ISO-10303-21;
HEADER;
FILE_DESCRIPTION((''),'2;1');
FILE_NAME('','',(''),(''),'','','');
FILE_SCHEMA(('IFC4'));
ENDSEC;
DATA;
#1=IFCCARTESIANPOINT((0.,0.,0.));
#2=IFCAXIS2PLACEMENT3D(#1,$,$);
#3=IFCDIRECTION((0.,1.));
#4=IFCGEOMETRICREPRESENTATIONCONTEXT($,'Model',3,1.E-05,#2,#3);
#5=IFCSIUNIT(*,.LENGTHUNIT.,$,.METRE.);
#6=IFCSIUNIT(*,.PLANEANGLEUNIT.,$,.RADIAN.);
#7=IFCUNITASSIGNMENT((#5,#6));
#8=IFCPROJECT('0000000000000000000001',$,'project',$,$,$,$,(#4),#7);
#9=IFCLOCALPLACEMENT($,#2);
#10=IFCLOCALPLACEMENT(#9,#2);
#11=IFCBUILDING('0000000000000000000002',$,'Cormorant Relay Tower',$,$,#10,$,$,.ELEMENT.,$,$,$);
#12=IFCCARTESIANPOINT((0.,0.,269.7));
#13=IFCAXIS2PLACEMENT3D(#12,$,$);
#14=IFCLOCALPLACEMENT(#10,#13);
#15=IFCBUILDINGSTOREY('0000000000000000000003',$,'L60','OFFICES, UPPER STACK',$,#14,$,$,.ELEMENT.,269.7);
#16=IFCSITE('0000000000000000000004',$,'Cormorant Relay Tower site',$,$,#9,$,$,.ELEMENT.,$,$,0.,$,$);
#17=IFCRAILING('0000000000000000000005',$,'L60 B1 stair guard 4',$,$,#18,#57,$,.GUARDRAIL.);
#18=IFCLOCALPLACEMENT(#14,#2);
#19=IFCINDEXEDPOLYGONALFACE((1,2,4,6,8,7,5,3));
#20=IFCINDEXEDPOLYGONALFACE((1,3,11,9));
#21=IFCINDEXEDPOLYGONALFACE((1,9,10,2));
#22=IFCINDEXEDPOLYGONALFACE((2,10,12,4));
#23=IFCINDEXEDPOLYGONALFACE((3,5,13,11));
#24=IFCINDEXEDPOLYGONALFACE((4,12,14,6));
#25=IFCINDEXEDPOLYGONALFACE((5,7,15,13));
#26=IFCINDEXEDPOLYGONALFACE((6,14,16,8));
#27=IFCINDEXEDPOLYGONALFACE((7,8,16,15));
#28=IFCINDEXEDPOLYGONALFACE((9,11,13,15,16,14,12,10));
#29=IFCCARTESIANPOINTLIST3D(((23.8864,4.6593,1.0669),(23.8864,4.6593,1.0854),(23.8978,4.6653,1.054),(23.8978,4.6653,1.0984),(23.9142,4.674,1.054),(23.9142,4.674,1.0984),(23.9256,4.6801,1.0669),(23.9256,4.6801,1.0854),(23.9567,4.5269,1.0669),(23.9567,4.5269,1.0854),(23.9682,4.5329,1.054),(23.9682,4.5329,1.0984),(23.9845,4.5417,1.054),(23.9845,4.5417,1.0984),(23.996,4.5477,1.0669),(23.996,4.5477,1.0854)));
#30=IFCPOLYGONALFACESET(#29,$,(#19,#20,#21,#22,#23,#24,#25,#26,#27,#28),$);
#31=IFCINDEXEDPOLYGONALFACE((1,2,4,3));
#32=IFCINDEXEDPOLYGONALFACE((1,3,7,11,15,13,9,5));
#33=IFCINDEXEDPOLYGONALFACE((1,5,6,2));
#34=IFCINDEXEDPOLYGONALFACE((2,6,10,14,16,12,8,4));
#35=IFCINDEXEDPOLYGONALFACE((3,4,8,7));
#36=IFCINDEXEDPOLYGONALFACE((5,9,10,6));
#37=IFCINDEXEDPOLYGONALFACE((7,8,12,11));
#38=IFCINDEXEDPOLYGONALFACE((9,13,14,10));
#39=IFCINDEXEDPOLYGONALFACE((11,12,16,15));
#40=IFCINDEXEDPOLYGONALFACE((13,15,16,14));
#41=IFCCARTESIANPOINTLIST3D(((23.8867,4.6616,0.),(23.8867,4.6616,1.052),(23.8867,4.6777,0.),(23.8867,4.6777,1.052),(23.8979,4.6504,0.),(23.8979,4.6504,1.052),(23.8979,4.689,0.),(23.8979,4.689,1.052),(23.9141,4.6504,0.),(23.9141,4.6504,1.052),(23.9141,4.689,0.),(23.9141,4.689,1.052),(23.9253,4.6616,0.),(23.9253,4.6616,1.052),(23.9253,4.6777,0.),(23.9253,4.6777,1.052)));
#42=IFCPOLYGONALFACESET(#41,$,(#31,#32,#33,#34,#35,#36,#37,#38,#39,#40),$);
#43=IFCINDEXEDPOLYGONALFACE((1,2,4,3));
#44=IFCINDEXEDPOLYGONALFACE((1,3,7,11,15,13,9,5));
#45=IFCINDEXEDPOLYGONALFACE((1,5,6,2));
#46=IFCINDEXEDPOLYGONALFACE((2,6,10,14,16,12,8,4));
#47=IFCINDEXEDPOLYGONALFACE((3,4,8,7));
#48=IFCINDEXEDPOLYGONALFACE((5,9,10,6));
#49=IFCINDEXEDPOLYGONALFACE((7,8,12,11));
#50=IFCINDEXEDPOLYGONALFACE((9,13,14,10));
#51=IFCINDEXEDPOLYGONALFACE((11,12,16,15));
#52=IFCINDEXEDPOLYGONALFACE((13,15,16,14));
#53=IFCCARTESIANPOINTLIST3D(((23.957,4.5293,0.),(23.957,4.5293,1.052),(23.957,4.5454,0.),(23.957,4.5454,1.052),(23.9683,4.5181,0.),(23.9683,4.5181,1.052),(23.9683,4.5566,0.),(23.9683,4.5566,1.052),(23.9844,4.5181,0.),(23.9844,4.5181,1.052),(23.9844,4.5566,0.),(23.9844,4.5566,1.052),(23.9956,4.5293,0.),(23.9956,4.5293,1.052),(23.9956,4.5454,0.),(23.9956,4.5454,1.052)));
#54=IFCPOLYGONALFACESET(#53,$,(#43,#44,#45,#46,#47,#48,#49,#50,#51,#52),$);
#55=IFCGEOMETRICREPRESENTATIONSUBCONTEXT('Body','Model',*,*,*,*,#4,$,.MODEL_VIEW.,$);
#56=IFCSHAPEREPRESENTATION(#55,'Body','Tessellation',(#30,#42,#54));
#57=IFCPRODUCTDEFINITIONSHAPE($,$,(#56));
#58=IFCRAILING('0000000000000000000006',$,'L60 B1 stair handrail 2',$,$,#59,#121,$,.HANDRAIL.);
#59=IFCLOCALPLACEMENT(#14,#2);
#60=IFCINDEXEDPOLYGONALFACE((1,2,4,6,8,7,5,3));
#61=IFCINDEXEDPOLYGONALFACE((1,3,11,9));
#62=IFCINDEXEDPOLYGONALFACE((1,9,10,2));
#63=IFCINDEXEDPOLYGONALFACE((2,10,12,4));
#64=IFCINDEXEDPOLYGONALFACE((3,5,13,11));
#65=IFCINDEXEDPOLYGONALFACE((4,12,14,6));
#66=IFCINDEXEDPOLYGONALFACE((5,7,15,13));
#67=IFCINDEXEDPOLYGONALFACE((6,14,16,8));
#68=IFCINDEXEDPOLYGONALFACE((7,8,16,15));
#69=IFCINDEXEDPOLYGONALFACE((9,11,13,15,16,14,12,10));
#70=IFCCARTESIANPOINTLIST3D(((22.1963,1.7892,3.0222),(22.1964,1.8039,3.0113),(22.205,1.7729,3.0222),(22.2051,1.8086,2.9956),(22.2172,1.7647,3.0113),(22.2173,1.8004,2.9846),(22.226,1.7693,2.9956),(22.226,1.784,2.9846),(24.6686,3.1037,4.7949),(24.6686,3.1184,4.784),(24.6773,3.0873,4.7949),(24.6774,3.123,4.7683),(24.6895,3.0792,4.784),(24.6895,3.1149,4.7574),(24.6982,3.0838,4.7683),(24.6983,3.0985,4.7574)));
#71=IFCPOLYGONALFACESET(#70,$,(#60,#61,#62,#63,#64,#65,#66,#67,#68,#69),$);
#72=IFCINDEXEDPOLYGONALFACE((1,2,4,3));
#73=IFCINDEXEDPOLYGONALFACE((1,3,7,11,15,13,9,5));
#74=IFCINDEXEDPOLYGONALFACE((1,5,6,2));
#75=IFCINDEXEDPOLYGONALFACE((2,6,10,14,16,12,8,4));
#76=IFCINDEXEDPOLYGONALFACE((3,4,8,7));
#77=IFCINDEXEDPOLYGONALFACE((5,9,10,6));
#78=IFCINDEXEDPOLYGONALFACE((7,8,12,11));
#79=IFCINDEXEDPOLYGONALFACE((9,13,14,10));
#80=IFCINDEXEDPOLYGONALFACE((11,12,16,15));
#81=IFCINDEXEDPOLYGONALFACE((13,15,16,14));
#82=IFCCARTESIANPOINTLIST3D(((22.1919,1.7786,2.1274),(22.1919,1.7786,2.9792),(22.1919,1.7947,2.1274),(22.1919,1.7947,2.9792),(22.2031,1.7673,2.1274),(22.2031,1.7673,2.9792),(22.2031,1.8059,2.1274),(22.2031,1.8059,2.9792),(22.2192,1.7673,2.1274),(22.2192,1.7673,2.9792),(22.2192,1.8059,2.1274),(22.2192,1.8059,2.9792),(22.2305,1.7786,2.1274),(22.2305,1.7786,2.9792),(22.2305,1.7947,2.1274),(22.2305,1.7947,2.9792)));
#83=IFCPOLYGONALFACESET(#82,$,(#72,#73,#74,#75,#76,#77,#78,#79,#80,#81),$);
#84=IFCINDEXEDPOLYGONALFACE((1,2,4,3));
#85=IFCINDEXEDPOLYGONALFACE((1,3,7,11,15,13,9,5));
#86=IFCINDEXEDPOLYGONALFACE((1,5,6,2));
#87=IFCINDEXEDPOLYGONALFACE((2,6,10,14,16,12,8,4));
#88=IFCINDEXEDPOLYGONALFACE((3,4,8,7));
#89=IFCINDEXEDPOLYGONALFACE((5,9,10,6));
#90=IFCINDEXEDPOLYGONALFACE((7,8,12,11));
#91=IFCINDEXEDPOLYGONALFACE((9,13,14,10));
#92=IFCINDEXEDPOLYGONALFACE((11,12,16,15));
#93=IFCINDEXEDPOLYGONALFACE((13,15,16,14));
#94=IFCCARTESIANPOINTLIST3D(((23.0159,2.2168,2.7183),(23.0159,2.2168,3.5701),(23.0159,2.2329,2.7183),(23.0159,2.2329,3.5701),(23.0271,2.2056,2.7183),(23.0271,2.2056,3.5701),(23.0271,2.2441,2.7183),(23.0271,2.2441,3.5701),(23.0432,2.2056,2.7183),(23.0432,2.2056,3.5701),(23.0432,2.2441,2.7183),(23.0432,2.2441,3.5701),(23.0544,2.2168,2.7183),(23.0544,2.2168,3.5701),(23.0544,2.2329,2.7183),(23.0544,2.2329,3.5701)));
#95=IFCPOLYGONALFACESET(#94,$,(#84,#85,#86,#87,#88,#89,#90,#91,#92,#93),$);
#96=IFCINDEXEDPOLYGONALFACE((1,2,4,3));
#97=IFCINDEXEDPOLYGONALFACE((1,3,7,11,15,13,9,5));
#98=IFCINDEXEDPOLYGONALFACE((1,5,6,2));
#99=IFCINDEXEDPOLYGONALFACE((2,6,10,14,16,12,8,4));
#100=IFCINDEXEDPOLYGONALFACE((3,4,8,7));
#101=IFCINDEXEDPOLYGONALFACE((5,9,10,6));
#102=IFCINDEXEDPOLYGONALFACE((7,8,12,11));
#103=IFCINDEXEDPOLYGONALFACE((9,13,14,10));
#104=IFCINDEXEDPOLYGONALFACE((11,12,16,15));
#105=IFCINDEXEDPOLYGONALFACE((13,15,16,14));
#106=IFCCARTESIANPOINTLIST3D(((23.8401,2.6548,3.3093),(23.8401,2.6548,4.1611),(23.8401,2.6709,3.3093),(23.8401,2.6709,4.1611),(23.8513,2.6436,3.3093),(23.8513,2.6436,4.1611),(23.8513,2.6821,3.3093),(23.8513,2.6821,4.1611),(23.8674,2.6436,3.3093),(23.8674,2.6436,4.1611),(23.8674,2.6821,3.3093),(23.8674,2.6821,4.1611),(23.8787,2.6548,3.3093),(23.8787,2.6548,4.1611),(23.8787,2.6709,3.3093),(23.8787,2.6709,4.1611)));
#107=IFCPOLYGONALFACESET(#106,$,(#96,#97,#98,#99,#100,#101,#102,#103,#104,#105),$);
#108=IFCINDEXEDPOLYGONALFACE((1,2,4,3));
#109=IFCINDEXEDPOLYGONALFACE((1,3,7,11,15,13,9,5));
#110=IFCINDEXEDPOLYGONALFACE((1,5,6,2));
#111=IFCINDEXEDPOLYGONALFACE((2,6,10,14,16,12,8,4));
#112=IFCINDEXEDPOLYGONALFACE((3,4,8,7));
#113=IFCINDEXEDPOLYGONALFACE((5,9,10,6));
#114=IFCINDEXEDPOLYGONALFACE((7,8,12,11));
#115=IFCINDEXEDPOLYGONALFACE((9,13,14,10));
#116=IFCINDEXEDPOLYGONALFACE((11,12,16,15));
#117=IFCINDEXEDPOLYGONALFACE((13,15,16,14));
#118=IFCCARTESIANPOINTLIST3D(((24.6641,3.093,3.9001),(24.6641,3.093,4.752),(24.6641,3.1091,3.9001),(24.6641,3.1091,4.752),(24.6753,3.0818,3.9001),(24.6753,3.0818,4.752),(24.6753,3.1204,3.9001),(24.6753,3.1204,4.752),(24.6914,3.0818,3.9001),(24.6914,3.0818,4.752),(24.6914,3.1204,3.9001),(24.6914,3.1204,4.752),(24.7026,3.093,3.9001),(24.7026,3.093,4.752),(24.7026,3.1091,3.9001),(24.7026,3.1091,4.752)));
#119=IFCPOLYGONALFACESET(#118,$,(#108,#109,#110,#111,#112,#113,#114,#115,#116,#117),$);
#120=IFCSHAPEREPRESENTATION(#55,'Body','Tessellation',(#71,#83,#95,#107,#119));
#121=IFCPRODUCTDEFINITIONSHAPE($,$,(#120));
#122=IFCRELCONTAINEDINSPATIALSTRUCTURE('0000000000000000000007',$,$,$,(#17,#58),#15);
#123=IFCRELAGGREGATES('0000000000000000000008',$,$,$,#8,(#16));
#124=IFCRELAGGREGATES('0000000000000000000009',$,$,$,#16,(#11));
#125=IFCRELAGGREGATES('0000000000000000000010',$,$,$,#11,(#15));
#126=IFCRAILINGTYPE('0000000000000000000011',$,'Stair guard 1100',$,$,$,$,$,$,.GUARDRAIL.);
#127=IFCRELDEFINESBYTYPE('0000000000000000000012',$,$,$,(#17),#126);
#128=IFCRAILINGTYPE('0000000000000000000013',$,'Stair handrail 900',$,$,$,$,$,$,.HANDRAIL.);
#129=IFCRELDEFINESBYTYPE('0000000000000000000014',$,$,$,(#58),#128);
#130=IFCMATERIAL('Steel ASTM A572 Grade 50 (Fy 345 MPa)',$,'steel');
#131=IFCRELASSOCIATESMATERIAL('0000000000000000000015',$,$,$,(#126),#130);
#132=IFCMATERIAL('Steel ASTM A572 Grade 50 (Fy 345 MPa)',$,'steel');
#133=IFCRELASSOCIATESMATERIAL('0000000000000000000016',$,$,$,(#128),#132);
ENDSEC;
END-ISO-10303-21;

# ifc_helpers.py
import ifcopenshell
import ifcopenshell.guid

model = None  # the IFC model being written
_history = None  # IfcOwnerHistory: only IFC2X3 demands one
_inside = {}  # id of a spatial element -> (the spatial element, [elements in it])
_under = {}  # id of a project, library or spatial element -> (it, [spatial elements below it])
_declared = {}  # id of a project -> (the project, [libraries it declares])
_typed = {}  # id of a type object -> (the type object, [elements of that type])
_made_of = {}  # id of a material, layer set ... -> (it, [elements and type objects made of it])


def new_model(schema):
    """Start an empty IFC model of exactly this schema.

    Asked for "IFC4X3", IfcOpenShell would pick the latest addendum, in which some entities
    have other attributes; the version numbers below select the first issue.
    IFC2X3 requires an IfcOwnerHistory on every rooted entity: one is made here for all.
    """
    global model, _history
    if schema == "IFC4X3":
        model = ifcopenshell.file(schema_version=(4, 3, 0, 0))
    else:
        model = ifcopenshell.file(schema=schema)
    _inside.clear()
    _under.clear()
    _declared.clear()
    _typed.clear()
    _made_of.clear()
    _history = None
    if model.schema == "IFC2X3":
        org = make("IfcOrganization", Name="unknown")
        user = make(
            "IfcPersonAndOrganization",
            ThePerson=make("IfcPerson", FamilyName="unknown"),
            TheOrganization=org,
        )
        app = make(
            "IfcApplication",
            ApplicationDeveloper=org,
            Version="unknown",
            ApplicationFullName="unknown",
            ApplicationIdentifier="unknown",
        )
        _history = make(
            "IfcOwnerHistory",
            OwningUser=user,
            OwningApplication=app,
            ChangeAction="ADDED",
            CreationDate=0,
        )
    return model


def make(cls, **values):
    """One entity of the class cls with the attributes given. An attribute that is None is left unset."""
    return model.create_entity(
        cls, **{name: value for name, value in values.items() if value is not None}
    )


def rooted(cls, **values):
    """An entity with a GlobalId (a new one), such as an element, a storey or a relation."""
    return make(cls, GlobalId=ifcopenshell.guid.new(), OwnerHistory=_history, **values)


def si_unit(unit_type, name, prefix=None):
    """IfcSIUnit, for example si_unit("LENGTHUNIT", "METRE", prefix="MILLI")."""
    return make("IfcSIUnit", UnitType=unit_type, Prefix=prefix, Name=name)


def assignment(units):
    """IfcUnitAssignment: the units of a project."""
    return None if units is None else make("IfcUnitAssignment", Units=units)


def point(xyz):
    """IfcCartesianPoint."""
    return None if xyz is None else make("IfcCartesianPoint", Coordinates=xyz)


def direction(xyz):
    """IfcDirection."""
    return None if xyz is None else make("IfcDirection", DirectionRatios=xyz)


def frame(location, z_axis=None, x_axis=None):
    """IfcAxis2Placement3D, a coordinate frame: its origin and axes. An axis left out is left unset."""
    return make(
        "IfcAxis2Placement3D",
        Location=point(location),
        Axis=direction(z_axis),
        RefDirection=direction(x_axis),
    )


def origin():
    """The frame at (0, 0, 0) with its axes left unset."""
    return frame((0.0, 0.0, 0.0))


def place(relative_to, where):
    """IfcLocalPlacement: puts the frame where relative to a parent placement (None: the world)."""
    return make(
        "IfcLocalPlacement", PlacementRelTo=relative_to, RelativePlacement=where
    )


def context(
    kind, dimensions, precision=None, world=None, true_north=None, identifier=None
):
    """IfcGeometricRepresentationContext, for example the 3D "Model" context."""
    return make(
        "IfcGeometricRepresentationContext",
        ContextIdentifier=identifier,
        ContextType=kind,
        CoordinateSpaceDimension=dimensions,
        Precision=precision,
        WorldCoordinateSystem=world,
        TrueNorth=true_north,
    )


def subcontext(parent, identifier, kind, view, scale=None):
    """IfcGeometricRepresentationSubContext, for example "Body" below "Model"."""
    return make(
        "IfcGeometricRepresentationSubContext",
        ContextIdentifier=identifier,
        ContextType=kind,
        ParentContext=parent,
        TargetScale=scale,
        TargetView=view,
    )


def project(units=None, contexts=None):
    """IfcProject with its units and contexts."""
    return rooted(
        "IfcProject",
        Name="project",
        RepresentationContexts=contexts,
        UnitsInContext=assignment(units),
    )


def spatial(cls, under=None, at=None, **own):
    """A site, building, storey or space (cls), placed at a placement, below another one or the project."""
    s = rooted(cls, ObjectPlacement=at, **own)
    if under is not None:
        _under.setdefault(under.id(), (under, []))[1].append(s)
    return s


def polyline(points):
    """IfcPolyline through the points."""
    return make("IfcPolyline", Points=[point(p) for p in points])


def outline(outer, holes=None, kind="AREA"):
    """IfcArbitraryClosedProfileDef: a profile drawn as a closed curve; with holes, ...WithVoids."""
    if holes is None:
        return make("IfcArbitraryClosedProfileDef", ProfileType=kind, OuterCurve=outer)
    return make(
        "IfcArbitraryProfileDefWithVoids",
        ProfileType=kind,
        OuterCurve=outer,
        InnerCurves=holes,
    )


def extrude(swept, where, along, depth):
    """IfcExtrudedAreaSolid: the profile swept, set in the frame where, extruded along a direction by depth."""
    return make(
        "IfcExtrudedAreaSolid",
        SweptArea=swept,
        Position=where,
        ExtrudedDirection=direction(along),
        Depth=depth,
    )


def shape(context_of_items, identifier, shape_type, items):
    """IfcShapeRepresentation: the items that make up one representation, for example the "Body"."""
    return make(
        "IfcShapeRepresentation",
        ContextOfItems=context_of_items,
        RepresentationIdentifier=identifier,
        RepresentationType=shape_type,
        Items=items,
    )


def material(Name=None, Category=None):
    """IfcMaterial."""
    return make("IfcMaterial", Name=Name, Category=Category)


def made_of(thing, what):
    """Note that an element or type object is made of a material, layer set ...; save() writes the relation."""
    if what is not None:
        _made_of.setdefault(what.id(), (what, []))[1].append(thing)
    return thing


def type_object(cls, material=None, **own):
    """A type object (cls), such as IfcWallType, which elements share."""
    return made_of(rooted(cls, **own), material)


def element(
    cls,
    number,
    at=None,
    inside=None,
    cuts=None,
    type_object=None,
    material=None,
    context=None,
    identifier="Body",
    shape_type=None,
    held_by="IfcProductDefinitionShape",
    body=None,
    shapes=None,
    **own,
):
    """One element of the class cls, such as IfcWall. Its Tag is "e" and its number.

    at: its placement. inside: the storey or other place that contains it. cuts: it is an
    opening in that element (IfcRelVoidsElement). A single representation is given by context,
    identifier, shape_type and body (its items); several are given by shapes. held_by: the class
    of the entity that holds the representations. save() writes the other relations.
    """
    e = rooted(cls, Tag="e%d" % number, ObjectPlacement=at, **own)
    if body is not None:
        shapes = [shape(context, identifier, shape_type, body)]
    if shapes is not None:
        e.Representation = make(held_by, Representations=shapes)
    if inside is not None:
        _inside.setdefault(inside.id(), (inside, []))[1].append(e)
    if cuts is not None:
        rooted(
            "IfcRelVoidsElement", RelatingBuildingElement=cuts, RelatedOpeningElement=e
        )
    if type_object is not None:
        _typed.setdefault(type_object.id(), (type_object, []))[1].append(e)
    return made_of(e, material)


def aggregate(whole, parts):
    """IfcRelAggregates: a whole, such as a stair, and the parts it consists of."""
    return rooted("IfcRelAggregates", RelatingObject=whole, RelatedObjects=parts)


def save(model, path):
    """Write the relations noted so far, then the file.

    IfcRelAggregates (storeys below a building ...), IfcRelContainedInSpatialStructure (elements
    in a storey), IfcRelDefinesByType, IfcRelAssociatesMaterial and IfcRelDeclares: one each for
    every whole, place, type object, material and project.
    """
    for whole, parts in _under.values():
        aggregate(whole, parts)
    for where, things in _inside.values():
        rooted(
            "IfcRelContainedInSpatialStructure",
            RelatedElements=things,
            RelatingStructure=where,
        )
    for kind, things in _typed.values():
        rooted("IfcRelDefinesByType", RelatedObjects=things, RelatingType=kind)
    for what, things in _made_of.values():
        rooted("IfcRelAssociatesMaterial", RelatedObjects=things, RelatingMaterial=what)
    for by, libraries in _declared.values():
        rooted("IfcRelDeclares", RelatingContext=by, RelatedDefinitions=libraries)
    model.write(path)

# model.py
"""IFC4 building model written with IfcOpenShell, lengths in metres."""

from ifc_helpers import new_model, si_unit, direction, frame, origin, place, context, subcontext, project, spatial, polyline, outline, extrude, material, type_object, element, save


model = new_model("IFC4")

# Units and contexts
model_context = context("Model", 3, precision=1e-05, world=origin(), true_north=direction((0.0, 1.0)))
body_context = subcontext(model_context, "Body", "Model", "MODEL_VIEW")
ifc_project = project(units=[si_unit("LENGTHUNIT", "METRE"), si_unit("PLANEANGLEUNIT", "RADIAN")], contexts=[model_context])

# Site, building, storey
site_placement = place(None, origin())
site = spatial("IfcSite", under=ifc_project, at=site_placement, Name="Cormorant Relay Tower site", CompositionType="ELEMENT", RefElevation=0.0)
building_placement = place(site_placement, origin())
building = spatial("IfcBuilding", under=site, at=building_placement, Name="Cormorant Relay Tower", CompositionType="ELEMENT")
storey_placement = place(building_placement, frame((0.0, 0.0, 269.7)))
storey = spatial("IfcBuildingStorey", under=building, at=storey_placement, Name="L60", Description="OFFICES, UPPER STACK", CompositionType="ELEMENT", Elevation=269.7)

# Railings
ifc_material_1 = material(Name="Steel ASTM A572 Grade 50 (Fy 345 MPa)", Category="steel")
railing_type_1 = type_object("IfcRailingType", Name="Stair guard 1100", PredefinedType="GUARDRAIL", material=ifc_material_1)
railing_1_placement = place(storey_placement, frame((23.906, 4.6697, 0.0)))
element("IfcRailing", 1, at=railing_1_placement, inside=storey, type_object=railing_type_1, Name="L60 B1 stair guard 4", PredefinedType="GUARDRAIL", context=body_context, shape_type="SweptSolid", body=[
    extrude(outline(polyline([(0.0222, 0.0093), (0.0093, 0.0222), (-0.0093, 0.0222), (-0.0222, 0.0093), (-0.0222, -0.0093), (-0.0093, -0.0222), (0.0093, -0.0222), (0.0222, -0.0093), (0.0222, 0.0093)])), frame((0.0, 0.0, 1.0762), z_axis=(0.469235, -0.883074, 0.0), x_axis=(0.883074, 0.469235, 0.0)), (0.0, 0.0, 1.0), 0.1499),
    extrude(outline(polyline([(0.0193, 0.0081), (0.0081, 0.0193), (-0.0081, 0.0193), (-0.0193, 0.0081), (-0.0193, -0.0081), (-0.0081, -0.0193), (0.0081, -0.0193), (0.0193, -0.0081), (0.0193, 0.0081)])), origin(), (0.0, 0.0, 1.0), 1.052),
    extrude(outline(polyline([(0.0193, 0.0081), (0.0081, 0.0193), (-0.0081, 0.0193), (-0.0193, 0.0081), (-0.0193, -0.0081), (-0.0081, -0.0193), (0.0081, -0.0193), (0.0193, -0.0081), (0.0193, 0.0081)])), frame((0.0703, -0.1323, 0.0)), (0.0, 0.0, 1.0), 1.052),
])
ifc_material_2 = material(Name="Steel ASTM A572 Grade 50 (Fy 345 MPa)", Category="steel")
railing_type_2 = type_object("IfcRailingType", Name="Stair handrail 900", PredefinedType="HANDRAIL", material=ifc_material_2)
railing_2_placement = place(storey_placement, frame((22.2112, 1.7866, 2.1274)))
element("IfcRailing", 2, at=railing_2_placement, inside=storey, type_object=railing_type_2, Name="L60 B1 stair handrail 2", PredefinedType="HANDRAIL", context=body_context, shape_type="SweptSolid", body=[
    extrude(outline(polyline([(0.0222, 0.0093), (0.0093, 0.0222), (-0.0093, 0.0222), (-0.0222, 0.0093), (-0.0222, -0.0093), (-0.0093, -0.0222), (0.0093, -0.0222), (0.0222, -0.0093), (0.0222, 0.0093)])), frame((0.0, 0.0, 0.876), z_axis=(0.746001, 0.396649, 0.534931), x_axis=(-0.469465, 0.882951, 0.0)), (0.0, 0.0, 1.0), 3.314),
    extrude(outline(polyline([(0.0193, 0.0081), (0.0081, 0.0193), (-0.0081, 0.0193), (-0.0193, 0.0081), (-0.0193, -0.0081), (-0.0081, -0.0193), (0.0081, -0.0193), (0.0193, -0.0081), (0.0193, 0.0081)])), origin(), (0.0, 0.0, 1.0), 0.8518),
    extrude(outline(polyline([(0.0193, 0.0081), (0.0081, 0.0193), (-0.0081, 0.0193), (-0.0193, 0.0081), (-0.0193, -0.0081), (-0.0081, -0.0193), (0.0081, -0.0193), (0.0193, -0.0081), (0.0193, 0.0081)])), frame((0.824, 0.4382, 0.5908)), (0.0, 0.0, 1.0), 0.8518),
    extrude(outline(polyline([(0.0193, 0.0081), (0.0081, 0.0193), (-0.0081, 0.0193), (-0.0193, 0.0081), (-0.0193, -0.0081), (-0.0081, -0.0193), (0.0081, -0.0193), (0.0193, -0.0081), (0.0193, 0.0081)])), frame((1.6482, 0.8762, 1.1819)), (0.0, 0.0, 1.0), 0.8518),
    extrude(outline(polyline([(0.0193, 0.0081), (0.0081, 0.0193), (-0.0081, 0.0193), (-0.0193, 0.0081), (-0.0193, -0.0081), (-0.0081, -0.0193), (0.0081, -0.0193), (0.0193, -0.0081), (0.0193, 0.0081)])), frame((2.4722, 1.3145, 1.7727)), (0.0, 0.0, 1.0), 0.8518),
])

save(model, "model.ifc")
